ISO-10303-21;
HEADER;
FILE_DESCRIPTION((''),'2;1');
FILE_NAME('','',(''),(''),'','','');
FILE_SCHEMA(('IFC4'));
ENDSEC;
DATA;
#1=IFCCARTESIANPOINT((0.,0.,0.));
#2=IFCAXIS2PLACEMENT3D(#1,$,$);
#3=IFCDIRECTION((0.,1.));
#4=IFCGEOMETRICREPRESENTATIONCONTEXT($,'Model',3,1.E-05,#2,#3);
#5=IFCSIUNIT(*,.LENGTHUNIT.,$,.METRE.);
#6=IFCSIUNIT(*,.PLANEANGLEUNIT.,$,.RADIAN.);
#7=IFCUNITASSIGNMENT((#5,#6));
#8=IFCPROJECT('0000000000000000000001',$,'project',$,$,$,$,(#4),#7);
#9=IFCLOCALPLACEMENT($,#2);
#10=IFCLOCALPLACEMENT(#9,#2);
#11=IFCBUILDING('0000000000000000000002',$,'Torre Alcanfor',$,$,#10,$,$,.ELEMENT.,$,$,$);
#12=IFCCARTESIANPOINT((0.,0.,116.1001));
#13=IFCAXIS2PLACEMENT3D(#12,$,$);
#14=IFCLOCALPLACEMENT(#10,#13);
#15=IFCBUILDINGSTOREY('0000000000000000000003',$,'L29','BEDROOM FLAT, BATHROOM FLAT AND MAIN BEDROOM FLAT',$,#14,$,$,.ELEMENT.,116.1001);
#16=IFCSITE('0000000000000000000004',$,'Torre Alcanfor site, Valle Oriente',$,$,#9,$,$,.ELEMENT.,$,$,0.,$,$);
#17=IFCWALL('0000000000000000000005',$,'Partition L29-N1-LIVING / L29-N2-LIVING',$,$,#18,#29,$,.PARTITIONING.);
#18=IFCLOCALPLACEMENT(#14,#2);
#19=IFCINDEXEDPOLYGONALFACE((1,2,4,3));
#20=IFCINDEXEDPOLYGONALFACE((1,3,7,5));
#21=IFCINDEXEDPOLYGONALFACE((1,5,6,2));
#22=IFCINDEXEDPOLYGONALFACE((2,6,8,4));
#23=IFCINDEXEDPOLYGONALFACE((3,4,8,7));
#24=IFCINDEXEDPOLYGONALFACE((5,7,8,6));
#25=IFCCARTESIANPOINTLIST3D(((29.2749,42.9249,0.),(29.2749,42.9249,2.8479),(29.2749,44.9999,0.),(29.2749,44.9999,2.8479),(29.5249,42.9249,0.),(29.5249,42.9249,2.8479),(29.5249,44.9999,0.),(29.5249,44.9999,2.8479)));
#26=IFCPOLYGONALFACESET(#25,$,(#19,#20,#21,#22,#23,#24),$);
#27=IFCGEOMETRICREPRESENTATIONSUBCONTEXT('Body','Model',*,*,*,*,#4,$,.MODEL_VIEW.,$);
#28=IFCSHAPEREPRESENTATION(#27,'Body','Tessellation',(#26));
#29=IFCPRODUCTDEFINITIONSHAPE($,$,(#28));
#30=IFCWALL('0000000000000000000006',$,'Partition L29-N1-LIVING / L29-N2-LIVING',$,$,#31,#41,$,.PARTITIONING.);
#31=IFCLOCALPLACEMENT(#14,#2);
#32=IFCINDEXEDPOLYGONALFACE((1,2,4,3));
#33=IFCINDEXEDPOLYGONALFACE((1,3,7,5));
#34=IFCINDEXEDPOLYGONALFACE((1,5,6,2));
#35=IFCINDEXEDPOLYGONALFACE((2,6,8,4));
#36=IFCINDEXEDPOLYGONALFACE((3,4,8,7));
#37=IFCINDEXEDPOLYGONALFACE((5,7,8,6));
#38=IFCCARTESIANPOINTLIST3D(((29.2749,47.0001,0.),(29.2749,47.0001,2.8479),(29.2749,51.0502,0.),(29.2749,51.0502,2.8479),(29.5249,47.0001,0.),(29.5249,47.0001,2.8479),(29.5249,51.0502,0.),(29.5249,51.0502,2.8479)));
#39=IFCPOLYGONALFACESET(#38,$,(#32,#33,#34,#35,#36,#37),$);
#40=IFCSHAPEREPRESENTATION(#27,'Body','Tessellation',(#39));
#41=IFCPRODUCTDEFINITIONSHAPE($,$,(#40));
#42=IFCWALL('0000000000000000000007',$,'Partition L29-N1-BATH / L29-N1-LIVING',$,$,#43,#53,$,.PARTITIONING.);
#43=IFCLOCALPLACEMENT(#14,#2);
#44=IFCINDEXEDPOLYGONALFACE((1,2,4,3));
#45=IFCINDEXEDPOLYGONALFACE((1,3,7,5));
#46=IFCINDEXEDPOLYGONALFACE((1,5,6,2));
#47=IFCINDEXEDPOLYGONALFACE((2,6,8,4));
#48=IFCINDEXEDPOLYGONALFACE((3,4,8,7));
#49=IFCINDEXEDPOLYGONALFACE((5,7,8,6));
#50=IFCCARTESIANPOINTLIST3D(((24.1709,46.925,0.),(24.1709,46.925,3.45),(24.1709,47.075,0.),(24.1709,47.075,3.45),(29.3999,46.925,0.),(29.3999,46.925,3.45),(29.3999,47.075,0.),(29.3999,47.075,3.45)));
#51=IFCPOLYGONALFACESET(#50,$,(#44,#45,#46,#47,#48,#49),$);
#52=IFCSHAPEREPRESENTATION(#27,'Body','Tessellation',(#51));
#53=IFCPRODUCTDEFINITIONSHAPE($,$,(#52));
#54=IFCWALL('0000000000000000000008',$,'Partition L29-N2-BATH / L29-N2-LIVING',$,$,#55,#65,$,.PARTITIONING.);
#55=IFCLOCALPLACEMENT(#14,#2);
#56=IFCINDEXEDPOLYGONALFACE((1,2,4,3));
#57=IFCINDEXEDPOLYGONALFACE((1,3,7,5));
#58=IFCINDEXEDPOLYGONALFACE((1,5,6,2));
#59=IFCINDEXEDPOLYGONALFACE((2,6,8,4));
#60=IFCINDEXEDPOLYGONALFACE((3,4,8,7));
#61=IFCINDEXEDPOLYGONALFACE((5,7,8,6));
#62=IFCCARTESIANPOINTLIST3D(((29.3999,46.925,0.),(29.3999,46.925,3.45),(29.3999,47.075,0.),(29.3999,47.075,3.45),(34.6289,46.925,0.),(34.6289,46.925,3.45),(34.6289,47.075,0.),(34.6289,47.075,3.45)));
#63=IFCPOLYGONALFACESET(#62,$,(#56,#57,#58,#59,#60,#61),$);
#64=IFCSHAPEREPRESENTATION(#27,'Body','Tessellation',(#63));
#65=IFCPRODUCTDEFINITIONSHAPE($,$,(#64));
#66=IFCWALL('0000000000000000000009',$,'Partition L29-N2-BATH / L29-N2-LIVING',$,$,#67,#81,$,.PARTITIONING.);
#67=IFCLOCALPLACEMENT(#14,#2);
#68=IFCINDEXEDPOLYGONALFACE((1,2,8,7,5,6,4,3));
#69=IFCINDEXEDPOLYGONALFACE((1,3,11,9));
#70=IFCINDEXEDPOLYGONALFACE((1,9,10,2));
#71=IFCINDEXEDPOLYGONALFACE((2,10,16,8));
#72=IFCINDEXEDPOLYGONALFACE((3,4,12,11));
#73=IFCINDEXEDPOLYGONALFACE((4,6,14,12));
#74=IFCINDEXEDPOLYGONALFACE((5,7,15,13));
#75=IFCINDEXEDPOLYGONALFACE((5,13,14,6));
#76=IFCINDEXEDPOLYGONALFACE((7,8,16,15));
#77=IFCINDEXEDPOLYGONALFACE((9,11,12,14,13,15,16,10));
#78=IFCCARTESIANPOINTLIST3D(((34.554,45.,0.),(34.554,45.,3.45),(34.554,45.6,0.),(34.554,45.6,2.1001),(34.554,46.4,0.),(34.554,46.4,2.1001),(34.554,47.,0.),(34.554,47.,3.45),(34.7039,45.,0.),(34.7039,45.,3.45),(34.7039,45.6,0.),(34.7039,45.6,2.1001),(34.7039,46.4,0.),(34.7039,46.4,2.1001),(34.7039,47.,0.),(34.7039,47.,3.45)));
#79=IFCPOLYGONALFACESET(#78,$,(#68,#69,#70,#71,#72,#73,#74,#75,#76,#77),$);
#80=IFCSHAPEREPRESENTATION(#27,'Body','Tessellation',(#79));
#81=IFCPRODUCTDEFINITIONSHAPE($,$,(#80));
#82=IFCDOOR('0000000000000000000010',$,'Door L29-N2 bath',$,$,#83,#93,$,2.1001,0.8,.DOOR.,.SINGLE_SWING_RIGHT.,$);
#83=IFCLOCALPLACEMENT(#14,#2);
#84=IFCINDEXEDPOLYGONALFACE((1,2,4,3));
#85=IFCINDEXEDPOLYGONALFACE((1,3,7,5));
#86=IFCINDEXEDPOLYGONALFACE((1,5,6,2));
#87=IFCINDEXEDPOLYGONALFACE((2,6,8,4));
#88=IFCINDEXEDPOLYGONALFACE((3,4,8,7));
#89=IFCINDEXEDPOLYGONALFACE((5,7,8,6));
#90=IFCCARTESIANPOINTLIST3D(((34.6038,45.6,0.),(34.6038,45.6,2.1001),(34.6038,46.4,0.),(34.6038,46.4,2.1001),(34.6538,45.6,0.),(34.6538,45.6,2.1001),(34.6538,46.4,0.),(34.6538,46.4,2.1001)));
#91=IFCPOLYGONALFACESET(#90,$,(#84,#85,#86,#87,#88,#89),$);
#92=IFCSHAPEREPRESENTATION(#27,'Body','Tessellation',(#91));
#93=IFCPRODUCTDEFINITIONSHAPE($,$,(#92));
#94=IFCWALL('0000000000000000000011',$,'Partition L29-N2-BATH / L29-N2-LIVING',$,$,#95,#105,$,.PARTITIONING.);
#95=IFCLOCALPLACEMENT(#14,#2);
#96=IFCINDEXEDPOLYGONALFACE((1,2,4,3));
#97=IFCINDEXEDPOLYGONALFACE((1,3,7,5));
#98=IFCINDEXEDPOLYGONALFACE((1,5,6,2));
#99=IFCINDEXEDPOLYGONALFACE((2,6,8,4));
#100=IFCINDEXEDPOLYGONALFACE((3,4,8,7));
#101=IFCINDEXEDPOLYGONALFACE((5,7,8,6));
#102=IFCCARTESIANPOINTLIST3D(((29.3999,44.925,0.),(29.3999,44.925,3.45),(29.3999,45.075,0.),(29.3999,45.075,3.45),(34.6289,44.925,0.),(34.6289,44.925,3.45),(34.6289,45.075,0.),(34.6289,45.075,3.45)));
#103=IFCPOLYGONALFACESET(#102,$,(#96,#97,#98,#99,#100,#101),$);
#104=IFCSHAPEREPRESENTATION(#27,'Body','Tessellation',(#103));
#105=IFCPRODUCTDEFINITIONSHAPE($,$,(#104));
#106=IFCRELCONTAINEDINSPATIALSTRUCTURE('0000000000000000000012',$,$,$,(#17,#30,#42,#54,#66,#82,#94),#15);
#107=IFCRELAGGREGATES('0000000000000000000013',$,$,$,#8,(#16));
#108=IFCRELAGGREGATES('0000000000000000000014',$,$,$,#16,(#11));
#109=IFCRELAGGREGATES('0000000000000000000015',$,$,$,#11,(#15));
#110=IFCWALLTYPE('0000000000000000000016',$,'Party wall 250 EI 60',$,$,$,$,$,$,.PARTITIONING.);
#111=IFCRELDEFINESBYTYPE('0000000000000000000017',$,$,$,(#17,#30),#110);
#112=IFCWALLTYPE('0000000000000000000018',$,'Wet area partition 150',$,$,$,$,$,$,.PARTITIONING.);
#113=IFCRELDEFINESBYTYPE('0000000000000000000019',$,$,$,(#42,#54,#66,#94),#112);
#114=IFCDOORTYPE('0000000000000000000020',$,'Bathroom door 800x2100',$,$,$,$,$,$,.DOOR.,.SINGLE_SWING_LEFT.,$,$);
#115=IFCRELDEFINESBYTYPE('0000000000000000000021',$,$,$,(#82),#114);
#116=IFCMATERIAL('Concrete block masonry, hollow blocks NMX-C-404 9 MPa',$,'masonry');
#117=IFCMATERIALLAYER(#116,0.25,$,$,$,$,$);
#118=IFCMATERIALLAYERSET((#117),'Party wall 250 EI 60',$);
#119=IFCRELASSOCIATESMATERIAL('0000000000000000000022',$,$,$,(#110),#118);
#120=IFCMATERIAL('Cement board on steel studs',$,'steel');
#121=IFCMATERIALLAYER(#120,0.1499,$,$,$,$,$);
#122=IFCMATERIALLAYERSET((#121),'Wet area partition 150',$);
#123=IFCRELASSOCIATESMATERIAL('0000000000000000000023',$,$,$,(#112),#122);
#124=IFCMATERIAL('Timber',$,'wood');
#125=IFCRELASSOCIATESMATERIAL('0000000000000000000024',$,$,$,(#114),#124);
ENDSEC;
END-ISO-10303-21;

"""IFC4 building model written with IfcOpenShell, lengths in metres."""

from ifc_helpers import new_model, si_unit, direction, frame, frame_2d, origin, place, context, subcontext, project, spatial, rectangle, extrude, material, layer, layer_set, type_object, element, fill, save


model = new_model("IFC4")

# Units and contexts
model_context = context("Model", 3, precision=1e-05, world=origin(), true_north=direction((0.0, 1.0)))
body_context = subcontext(model_context, "Body", "Model", "MODEL_VIEW")
ifc_project = project(units=[si_unit("LENGTHUNIT", "METRE"), si_unit("PLANEANGLEUNIT", "RADIAN")], contexts=[model_context])

# Site, building, storey
site_placement = place(None, origin())
site = spatial("IfcSite", under=ifc_project, at=site_placement, Name="Torre Alcanfor site, Valle Oriente", CompositionType="ELEMENT", RefElevation=0.0)
building_placement = place(site_placement, origin())
building = spatial("IfcBuilding", under=site, at=building_placement, Name="Torre Alcanfor", CompositionType="ELEMENT")
storey_placement = place(building_placement, frame((0.0, 0.0, 116.1001)))
storey = spatial("IfcBuildingStorey", under=building, at=storey_placement, Name="L29", Description="BEDROOM FLAT, BATHROOM FLAT AND MAIN BEDROOM FLAT", CompositionType="ELEMENT", Elevation=116.1001)

# Walls
ifc_material_1 = material(Name="Concrete block masonry, hollow blocks NMX-C-404 9 MPa", Category="masonry")
ifc_layer_1 = layer(ifc_material_1, 0.25)
ifc_layer_set_1 = layer_set([ifc_layer_1], Name="Party wall 250 EI 60")
wall_type_1 = type_object("IfcWallType", Name="Party wall 250 EI 60", PredefinedType="PARTITIONING", material=ifc_layer_set_1)
wall_1_placement = place(storey_placement, frame((29.3999, 45.0, 0.0), z_axis=(0.0, 0.0, 1.0), x_axis=(0.0, -1.0, 0.0)))
element("IfcWall", 1, at=wall_1_placement, inside=storey, type_object=wall_type_1, Name="Partition L29-N1-LIVING / L29-N2-LIVING", PredefinedType="PARTITIONING", context=body_context, shape_type="SweptSolid", body=[
    extrude(rectangle(XDim=2.075, YDim=0.25, at=frame_2d((1.0376, 0.0))), origin(), (0.0, 0.0, 1.0), 2.8479),
])
wall_2_placement = place(storey_placement, frame((29.3999, 51.05, 0.0), z_axis=(0.0, 0.0, 1.0), x_axis=(0.0, -1.0, 0.0)))
element("IfcWall", 2, at=wall_2_placement, inside=storey, type_object=wall_type_1, Name="Partition L29-N1-LIVING / L29-N2-LIVING", PredefinedType="PARTITIONING", context=body_context, shape_type="SweptSolid", body=[
    extrude(rectangle(XDim=4.05, YDim=0.25, at=frame_2d((2.0249, 0.0))), origin(), (0.0, 0.0, 1.0), 2.8479),
])
ifc_material_2 = material(Name="Cement board on steel studs", Category="steel")
ifc_layer_2 = layer(ifc_material_2, 0.1499)
ifc_layer_set_2 = layer_set([ifc_layer_2], Name="Wet area partition 150")
wall_type_2 = type_object("IfcWallType", Name="Wet area partition 150", PredefinedType="PARTITIONING", material=ifc_layer_set_2)
for number, where, z_axis, x_axis, name in (
    (3, (29.3999, 47.0, 0.0), (0.0, 0.0, 1.0), (-1.0, 0.0, 0.0), "Partition L29-N1-BATH / L29-N1-LIVING"),
    (4, (29.3999, 47.0, 0.0), (0.0, 0.0, 1.0), (1.0, 0.0, 0.0), "Partition L29-N2-BATH / L29-N2-LIVING"),
):
    element("IfcWall", number, at=place(storey_placement, frame(where, z_axis=z_axis, x_axis=x_axis)), inside=storey, type_object=wall_type_2, Name=name, PredefinedType="PARTITIONING", context=body_context, shape_type="SweptSolid", body=[
        extrude(rectangle(XDim=5.229, YDim=0.1499, at=frame_2d((2.6145, 0.0))), origin(), (0.0, 0.0, 1.0), 3.45),
    ])

# Wall, opening, door
wall_3_placement = place(storey_placement, frame((34.6289, 47.0, 0.0), z_axis=(0.0, 0.0, 1.0), x_axis=(0.0, -1.0, 0.0)))
wall_3 = element("IfcWall", 5, at=wall_3_placement, inside=storey, type_object=wall_type_2, Name="Partition L29-N2-BATH / L29-N2-LIVING", PredefinedType="PARTITIONING", context=body_context, shape_type="SweptSolid", body=[
    extrude(rectangle(XDim=2.0, YDim=0.1499, at=frame_2d((1.0, 0.0))), origin(), (0.0, 0.0, 1.0), 3.45),
])
opening_1_placement = place(wall_3_placement, frame((0.6001, 0.0, 0.0)))
opening_1 = element("IfcOpeningElement", 6, at=opening_1_placement, cuts=wall_3, PredefinedType="OPENING", context=body_context, shape_type="SweptSolid", body=[
    extrude(rectangle(XDim=0.8, YDim=2.1001, at=frame_2d((0.3999, 1.05))), frame((0.0, 0.085, 0.0), z_axis=(0.0, -1.0, 0.0), x_axis=(1.0, 0.0, 0.0)), (0.0, 0.0, 1.0), 0.1699),
])
ifc_material_3 = material(Name="Timber", Category="wood")
door_type_1 = type_object("IfcDoorType", Name="Bathroom door 800x2100", OperationType="SINGLE_SWING_LEFT", PredefinedType="DOOR", material=ifc_material_3)
door_1_placement = place(opening_1_placement, frame((0.8, 0.0, 0.0), z_axis=(0.0, 0.0, 1.0), x_axis=(-1.0, 0.0, 0.0)))
door_1 = element("IfcDoor", 7, at=door_1_placement, inside=storey, type_object=door_type_1, Name="Door L29-N2 bath", OperationType="SINGLE_SWING_RIGHT", OverallHeight=2.1001, OverallWidth=0.8, PredefinedType="DOOR", context=body_context, shape_type="SweptSolid", body=[
    extrude(rectangle(XDim=0.8, YDim=2.1001, at=frame_2d((0.4001, 1.05))), frame((0.0, 0.0251, 0.0), z_axis=(0.0, -1.0, 0.0), x_axis=(1.0, 0.0, 0.0)), (0.0, 0.0, 1.0), 0.05),
])
fill(opening_1, door_1)

# Wall
wall_4_placement = place(storey_placement, frame((34.6289, 45.0, 0.0), z_axis=(0.0, 0.0, 1.0), x_axis=(-1.0, 0.0, 0.0)))
element("IfcWall", 8, at=wall_4_placement, inside=storey, type_object=wall_type_2, Name="Partition L29-N2-BATH / L29-N2-LIVING", PredefinedType="PARTITIONING", context=body_context, shape_type="SweptSolid", body=[
    extrude(rectangle(XDim=5.229, YDim=0.1499, at=frame_2d((2.6145, 0.0))), origin(), (0.0, 0.0, 1.0), 3.45),
])

save(model, "model.ifc")
